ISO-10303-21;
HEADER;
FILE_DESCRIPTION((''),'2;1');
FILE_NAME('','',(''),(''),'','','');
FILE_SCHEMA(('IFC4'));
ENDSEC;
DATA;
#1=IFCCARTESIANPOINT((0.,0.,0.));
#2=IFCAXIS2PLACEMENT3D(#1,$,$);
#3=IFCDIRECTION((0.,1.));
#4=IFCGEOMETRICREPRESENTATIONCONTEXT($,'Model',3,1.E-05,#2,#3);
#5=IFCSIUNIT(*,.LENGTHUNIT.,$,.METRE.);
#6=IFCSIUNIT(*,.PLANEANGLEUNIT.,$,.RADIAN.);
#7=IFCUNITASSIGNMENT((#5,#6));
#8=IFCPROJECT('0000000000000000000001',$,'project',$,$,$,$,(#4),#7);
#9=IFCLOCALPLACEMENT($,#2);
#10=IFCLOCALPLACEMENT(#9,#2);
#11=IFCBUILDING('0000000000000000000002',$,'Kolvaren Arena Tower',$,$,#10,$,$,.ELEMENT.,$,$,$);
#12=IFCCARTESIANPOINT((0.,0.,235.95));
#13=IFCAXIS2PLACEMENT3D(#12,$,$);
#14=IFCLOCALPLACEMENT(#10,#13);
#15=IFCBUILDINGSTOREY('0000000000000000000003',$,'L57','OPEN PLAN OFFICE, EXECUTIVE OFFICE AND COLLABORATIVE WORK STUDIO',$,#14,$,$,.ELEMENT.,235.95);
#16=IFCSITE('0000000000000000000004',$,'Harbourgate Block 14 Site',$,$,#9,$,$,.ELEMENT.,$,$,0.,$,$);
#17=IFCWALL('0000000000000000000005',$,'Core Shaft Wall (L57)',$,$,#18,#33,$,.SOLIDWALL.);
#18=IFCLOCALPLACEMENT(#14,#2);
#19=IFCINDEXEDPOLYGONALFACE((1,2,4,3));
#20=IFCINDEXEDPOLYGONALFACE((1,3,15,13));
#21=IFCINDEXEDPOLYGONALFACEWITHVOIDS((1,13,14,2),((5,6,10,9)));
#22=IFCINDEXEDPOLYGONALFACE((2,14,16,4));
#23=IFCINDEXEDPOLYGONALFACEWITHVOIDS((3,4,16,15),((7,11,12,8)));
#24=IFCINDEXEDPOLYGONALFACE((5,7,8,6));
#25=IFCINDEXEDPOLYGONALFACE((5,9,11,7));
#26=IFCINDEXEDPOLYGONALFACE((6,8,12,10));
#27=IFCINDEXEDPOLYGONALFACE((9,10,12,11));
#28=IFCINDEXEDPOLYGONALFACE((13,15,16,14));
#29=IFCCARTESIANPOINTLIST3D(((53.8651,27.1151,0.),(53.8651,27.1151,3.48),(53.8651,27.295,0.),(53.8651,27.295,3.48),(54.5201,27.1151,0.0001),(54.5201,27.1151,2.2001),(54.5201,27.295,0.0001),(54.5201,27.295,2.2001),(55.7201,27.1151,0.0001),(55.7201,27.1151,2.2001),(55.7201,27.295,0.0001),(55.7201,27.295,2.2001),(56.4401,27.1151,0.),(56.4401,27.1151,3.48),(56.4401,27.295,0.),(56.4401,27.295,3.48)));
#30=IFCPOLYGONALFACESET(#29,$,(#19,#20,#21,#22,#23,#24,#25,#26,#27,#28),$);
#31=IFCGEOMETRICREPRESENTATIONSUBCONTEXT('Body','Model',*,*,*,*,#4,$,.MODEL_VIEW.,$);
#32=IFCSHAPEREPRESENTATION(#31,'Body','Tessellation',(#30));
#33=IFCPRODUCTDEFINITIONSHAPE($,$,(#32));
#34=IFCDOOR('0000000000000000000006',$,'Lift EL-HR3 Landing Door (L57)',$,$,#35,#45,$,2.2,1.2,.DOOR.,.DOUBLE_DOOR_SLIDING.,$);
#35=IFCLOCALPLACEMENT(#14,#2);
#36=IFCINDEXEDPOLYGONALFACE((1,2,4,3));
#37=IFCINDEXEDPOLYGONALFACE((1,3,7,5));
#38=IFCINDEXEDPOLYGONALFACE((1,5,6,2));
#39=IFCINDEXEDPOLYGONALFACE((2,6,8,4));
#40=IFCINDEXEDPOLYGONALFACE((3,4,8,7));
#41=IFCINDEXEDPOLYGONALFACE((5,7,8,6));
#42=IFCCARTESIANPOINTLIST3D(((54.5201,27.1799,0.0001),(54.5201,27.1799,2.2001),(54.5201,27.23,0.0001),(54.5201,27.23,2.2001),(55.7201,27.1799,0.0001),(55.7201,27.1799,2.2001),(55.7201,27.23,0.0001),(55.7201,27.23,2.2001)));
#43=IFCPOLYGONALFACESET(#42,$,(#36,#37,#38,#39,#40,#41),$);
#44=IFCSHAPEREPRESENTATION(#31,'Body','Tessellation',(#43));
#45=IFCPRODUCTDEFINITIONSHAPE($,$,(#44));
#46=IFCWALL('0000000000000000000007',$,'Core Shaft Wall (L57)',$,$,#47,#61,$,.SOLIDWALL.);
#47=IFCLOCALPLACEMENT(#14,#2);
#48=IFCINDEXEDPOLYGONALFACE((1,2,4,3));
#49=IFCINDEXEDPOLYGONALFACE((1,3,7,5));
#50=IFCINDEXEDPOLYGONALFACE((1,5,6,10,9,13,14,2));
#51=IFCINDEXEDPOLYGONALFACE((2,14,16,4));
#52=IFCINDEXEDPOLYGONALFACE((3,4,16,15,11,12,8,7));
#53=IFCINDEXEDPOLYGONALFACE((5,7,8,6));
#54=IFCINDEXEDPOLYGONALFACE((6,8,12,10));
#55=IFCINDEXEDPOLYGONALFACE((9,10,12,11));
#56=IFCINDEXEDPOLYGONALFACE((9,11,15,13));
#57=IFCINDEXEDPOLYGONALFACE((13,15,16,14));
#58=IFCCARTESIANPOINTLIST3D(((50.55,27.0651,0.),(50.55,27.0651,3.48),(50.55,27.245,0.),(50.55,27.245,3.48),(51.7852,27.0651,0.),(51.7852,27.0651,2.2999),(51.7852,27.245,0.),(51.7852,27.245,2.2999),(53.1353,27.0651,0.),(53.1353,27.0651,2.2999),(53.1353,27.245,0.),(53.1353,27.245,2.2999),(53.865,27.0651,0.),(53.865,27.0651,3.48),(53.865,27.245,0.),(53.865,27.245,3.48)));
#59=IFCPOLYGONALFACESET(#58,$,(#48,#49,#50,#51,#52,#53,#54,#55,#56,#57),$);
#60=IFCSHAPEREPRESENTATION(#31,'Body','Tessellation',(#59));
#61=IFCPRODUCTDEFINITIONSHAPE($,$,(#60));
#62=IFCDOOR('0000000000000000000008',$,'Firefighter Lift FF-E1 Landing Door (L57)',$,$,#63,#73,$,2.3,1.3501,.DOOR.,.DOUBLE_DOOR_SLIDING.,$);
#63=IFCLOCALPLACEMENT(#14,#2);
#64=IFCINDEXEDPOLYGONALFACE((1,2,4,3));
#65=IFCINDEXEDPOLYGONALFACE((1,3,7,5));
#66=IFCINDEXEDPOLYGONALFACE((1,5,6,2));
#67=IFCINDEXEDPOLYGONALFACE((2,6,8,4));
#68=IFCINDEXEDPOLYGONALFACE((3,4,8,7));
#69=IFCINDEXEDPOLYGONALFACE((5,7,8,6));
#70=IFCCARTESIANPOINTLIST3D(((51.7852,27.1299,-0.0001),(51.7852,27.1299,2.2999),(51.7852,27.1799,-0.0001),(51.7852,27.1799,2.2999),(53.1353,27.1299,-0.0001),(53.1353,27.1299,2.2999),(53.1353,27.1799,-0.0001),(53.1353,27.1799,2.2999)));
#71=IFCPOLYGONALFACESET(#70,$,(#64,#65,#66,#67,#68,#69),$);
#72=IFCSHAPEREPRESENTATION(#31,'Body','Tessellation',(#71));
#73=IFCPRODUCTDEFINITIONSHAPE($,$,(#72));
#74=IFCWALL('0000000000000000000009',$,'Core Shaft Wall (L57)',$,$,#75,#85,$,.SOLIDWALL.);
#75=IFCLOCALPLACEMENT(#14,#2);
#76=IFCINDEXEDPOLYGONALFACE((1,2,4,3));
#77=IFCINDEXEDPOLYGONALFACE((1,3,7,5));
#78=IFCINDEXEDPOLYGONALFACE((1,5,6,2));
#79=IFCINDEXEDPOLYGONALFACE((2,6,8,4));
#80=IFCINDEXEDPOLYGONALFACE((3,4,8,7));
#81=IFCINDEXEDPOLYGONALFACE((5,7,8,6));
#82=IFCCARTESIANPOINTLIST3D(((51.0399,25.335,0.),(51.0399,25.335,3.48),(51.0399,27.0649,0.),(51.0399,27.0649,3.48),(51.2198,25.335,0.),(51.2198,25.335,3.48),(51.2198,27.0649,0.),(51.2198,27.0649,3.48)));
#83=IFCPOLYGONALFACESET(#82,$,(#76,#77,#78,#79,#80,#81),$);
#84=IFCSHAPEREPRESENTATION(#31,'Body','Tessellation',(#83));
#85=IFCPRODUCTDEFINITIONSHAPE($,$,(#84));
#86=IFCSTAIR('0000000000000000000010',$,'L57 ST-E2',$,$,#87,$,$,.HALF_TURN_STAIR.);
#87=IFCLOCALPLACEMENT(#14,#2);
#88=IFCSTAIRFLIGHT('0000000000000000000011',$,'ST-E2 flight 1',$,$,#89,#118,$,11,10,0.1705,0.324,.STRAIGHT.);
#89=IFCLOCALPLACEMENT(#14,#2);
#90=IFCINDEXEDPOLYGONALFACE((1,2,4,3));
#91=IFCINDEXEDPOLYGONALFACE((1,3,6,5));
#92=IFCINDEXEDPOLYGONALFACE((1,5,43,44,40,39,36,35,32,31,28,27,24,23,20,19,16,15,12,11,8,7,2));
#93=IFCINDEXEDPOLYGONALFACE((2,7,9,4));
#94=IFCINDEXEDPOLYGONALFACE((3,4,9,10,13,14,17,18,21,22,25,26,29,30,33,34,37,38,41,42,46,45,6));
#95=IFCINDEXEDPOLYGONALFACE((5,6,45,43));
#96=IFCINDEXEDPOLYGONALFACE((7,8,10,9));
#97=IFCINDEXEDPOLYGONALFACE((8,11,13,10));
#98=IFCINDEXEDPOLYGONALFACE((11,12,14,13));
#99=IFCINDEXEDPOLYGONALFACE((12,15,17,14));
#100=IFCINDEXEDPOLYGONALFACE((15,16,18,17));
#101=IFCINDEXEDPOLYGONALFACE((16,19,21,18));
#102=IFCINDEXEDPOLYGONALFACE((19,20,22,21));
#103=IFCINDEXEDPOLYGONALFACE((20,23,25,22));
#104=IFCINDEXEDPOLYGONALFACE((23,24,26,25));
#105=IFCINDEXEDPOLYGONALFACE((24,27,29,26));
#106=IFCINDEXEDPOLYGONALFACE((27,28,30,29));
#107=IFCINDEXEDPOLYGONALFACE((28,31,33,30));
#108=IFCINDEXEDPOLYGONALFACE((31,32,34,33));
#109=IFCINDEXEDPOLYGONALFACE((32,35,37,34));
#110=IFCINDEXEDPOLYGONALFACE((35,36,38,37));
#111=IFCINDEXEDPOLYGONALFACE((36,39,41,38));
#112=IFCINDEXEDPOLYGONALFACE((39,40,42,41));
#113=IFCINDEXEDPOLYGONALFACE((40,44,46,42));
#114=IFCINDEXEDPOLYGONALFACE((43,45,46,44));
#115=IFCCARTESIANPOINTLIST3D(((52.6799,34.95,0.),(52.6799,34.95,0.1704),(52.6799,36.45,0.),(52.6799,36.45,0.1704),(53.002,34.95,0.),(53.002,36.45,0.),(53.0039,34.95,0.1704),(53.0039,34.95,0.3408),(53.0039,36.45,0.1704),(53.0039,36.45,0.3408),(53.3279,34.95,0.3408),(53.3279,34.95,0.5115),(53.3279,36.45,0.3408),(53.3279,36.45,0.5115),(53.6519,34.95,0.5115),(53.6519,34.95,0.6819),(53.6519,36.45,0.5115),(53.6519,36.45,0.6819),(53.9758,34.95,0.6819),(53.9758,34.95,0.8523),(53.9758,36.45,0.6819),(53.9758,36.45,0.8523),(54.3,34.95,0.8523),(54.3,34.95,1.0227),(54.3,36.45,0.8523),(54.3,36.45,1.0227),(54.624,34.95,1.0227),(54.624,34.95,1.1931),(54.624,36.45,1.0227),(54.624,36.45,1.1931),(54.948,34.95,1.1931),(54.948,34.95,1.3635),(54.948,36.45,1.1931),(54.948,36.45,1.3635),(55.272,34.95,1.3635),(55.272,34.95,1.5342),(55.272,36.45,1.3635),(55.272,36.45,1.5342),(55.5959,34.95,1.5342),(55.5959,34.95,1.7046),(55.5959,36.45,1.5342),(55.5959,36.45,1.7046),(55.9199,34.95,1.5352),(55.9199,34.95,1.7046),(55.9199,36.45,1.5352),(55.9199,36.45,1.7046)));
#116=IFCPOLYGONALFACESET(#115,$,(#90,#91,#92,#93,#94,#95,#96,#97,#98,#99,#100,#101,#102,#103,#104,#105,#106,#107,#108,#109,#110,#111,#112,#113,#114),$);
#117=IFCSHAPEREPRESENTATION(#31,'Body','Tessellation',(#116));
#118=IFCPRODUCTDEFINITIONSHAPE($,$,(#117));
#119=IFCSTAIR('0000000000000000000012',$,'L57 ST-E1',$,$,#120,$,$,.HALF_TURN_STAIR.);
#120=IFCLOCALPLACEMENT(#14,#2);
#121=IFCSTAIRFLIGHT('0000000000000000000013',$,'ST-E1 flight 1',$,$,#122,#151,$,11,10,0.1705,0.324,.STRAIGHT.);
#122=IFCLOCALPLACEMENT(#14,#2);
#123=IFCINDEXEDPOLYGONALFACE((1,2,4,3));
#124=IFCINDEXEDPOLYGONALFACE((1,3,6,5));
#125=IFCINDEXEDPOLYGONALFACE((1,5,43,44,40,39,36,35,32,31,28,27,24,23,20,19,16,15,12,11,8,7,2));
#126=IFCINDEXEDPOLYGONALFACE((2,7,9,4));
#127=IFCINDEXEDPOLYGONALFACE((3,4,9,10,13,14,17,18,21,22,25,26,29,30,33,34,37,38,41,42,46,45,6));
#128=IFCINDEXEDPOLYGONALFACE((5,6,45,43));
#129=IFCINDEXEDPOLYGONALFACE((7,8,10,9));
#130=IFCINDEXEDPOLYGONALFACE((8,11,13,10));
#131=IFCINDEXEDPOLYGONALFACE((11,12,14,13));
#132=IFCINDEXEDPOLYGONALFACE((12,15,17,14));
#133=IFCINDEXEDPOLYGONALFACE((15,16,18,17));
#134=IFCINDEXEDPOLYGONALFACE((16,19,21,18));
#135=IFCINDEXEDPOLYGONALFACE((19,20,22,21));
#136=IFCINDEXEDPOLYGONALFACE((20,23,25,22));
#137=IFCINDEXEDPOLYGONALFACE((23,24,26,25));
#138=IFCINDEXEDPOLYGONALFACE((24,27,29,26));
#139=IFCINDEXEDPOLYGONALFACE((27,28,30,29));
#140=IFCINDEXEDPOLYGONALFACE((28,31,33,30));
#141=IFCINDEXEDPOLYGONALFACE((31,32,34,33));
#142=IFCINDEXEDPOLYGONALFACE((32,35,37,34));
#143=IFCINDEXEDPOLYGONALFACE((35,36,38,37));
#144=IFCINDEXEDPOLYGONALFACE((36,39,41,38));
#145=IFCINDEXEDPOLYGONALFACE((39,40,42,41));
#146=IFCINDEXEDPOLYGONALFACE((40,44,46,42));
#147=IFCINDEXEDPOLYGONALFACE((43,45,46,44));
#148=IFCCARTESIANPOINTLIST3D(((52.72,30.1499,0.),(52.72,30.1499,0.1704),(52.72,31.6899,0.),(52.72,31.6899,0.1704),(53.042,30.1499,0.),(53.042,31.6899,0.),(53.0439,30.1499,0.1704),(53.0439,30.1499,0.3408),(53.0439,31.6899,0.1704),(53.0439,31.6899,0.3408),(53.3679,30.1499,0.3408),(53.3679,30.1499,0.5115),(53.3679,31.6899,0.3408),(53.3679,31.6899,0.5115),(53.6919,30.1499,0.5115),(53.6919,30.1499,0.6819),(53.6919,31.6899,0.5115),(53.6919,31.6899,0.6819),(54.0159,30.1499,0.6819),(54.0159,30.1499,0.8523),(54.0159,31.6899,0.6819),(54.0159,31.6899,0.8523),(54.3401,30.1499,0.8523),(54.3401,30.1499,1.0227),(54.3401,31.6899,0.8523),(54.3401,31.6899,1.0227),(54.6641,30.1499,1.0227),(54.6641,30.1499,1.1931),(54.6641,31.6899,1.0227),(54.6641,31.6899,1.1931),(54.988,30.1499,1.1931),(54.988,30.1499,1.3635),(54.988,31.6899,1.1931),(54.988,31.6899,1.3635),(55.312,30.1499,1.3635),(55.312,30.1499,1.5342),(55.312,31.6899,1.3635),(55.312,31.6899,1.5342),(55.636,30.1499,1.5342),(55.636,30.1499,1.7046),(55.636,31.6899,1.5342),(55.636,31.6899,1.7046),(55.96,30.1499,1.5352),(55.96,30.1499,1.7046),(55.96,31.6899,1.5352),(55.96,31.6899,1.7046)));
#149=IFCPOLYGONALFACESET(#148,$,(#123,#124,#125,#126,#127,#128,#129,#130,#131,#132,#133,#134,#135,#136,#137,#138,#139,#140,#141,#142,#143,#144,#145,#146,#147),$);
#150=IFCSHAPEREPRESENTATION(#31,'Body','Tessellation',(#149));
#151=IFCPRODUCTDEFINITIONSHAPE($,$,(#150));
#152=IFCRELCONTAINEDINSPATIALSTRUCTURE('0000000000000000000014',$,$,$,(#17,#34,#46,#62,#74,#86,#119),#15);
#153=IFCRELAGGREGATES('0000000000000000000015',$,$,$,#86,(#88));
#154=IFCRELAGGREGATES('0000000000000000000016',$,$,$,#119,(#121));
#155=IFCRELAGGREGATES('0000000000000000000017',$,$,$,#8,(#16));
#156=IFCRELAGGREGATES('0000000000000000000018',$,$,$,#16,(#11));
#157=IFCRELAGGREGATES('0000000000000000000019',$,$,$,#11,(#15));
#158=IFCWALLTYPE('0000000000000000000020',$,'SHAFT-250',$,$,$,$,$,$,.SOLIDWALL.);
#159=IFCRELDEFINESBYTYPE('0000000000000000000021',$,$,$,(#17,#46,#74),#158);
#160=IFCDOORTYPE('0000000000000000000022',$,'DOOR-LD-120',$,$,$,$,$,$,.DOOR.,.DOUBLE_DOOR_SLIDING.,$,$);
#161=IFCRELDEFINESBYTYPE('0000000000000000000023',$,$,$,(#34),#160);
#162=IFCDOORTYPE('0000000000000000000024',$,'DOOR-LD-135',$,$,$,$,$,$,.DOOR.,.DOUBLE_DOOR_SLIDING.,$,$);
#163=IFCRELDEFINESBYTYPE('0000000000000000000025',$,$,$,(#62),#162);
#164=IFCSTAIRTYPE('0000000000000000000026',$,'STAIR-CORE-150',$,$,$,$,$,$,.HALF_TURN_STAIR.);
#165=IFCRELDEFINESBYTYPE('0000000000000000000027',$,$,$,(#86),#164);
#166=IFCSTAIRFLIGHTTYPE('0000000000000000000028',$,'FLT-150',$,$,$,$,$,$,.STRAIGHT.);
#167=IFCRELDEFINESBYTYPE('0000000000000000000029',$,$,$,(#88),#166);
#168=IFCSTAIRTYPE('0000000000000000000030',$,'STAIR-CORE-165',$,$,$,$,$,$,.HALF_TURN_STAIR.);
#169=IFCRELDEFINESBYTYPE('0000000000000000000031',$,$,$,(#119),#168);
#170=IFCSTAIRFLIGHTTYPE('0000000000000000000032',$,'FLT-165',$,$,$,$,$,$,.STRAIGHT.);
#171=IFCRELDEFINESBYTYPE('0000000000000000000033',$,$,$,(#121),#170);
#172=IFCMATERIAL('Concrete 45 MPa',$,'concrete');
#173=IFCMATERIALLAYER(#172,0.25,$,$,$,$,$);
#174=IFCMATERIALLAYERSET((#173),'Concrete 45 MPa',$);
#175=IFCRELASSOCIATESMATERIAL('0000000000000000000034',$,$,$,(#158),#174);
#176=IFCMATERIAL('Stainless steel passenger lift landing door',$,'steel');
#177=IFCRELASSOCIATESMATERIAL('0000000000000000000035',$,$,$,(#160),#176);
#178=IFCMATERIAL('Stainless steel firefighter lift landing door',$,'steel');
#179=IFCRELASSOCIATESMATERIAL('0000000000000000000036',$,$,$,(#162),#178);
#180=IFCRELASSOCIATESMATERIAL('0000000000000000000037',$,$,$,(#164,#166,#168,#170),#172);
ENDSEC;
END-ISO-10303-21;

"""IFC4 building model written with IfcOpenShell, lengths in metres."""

from ifc_helpers import new_model, si_unit, direction, frame, frame_2d, origin, place, context, subcontext, project, spatial, polyline, rectangle, outline, extrude, material, layer, layer_set, type_object, element, fill, aggregate, save


model = new_model("IFC4")

# Units and contexts
model_context = context("Model", 3, precision=1e-05, world=origin(), true_north=direction((0.0, 1.0)))
body_context = subcontext(model_context, "Body", "Model", "MODEL_VIEW")
ifc_project = project(units=[si_unit("LENGTHUNIT", "METRE"), si_unit("PLANEANGLEUNIT", "RADIAN")], contexts=[model_context])

# Site, building, storey
site_placement = place(None, origin())
site = spatial("IfcSite", under=ifc_project, at=site_placement, Name="Harbourgate Block 14 Site", CompositionType="ELEMENT", RefElevation=0.0)
building_placement = place(site_placement, origin())
building = spatial("IfcBuilding", under=site, at=building_placement, Name="Kolvaren Arena Tower", CompositionType="ELEMENT")
storey_placement = place(building_placement, frame((0.0, 0.0, 235.95)))
storey = spatial("IfcBuildingStorey", under=building, at=storey_placement, Name="L57", Description="OPEN PLAN OFFICE, EXECUTIVE OFFICE AND COLLABORATIVE WORK STUDIO", CompositionType="ELEMENT", Elevation=235.95)

# Shared definitions
ifc_material_1 = material(Name="Concrete 45 MPa", Category="concrete")
ifc_layer = layer(ifc_material_1, 0.25)
ifc_layer_set = layer_set([ifc_layer], Name="Concrete 45 MPa")
wall_type = type_object("IfcWallType", Name="SHAFT-250", PredefinedType="SOLIDWALL", material=ifc_layer_set)

# Walls, openings, doors
wall_1_placement = place(storey_placement, frame((53.865, 27.2051, 0.0), z_axis=(0.0, 0.0, 1.0), x_axis=(1.0, 0.0, 0.0)))
wall_1 = element("IfcWall", 1, at=wall_1_placement, inside=storey, type_object=wall_type, Name="Core Shaft Wall (L57)", PredefinedType="SOLIDWALL", context=body_context, shape_type="SweptSolid", body=[
    extrude(rectangle(XDim=2.575, YDim=0.1799, at=frame_2d((1.2876, 0.0))), origin(), (0.0, 0.0, 1.0), 3.48),
])
opening_1_placement = place(wall_1_placement, frame((0.655, 0.0, 0.0)))
opening_1 = element("IfcOpeningElement", 2, at=opening_1_placement, cuts=wall_1, PredefinedType="OPENING", context=body_context, shape_type="SweptSolid", body=[
    extrude(rectangle(XDim=1.2, YDim=2.2, at=frame_2d((0.6001, 1.1001))), frame((0.0, 0.0999, 0.0), z_axis=(0.0, -1.0, 0.0), x_axis=(1.0, 0.0, 0.0)), (0.0, 0.0, 1.0), 0.2),
])
ifc_material_2 = material(Name="Stainless steel passenger lift landing door", Category="steel")
door_type_1 = type_object("IfcDoorType", Name="DOOR-LD-120", OperationType="DOUBLE_DOOR_SLIDING", PredefinedType="DOOR", material=ifc_material_2)
door_1_placement = place(opening_1_placement, origin())
door_1 = element("IfcDoor", 3, at=door_1_placement, inside=storey, type_object=door_type_1, Name="Lift EL-HR3 Landing Door (L57)", OperationType="DOUBLE_DOOR_SLIDING", OverallHeight=2.2, OverallWidth=1.2, PredefinedType="DOOR", context=body_context, shape_type="SweptSolid", body=[
    extrude(rectangle(XDim=1.2, YDim=2.2, at=frame_2d((0.6001, 1.1001))), frame((0.0, 0.0249, 0.0), z_axis=(0.0, -1.0, 0.0), x_axis=(1.0, 0.0, 0.0)), (0.0, 0.0, 1.0), 0.05),
])
fill(opening_1, door_1)
wall_2_placement = place(storey_placement, frame((50.55, 27.155, 0.0), z_axis=(0.0, 0.0, 1.0), x_axis=(1.0, 0.0, 0.0)))
wall_2 = element("IfcWall", 4, at=wall_2_placement, inside=storey, type_object=wall_type, Name="Core Shaft Wall (L57)", PredefinedType="SOLIDWALL", context=body_context, shape_type="SweptSolid", body=[
    extrude(rectangle(XDim=3.3149, YDim=0.1799, at=frame_2d((1.6575, 0.0))), origin(), (0.0, 0.0, 1.0), 3.48),
])
opening_2_placement = place(wall_2_placement, frame((1.2351, 0.0, 0.0)))
opening_2 = element("IfcOpeningElement", 5, at=opening_2_placement, cuts=wall_2, PredefinedType="OPENING", context=body_context, shape_type="SweptSolid", body=[
    extrude(rectangle(XDim=1.3501, YDim=2.3, at=frame_2d((0.675, 1.1499))), frame((0.0, 0.0999, 0.0), z_axis=(0.0, -1.0, 0.0), x_axis=(1.0, 0.0, 0.0)), (0.0, 0.0, 1.0), 0.2),
])
ifc_material_3 = material(Name="Stainless steel firefighter lift landing door", Category="steel")
door_type_2 = type_object("IfcDoorType", Name="DOOR-LD-135", OperationType="DOUBLE_DOOR_SLIDING", PredefinedType="DOOR", material=ifc_material_3)
door_2_placement = place(opening_2_placement, origin())
door_2 = element("IfcDoor", 6, at=door_2_placement, inside=storey, type_object=door_type_2, Name="Firefighter Lift FF-E1 Landing Door (L57)", OperationType="DOUBLE_DOOR_SLIDING", OverallHeight=2.3, OverallWidth=1.3501, PredefinedType="DOOR", context=body_context, shape_type="SweptSolid", body=[
    extrude(rectangle(XDim=1.3501, YDim=2.3, at=frame_2d((0.675, 1.1499))), frame((0.0, 0.0249, 0.0), z_axis=(0.0, -1.0, 0.0), x_axis=(1.0, 0.0, 0.0)), (0.0, 0.0, 1.0), 0.05),
])
fill(opening_2, door_2)

# Wall
wall_3_placement = place(storey_placement, frame((51.1299, 25.335, 0.0), z_axis=(0.0, 0.0, 1.0), x_axis=(0.0, 1.0, 0.0)))
element("IfcWall", 7, at=wall_3_placement, inside=storey, type_object=wall_type, Name="Core Shaft Wall (L57)", PredefinedType="SOLIDWALL", context=body_context, shape_type="SweptSolid", body=[
    extrude(rectangle(XDim=1.73, YDim=0.1799, at=frame_2d((0.865, 0.0))), origin(), (0.0, 0.0, 1.0), 3.48),
])

# Stairs, stair flights
stair_type_1 = type_object("IfcStairType", Name="STAIR-CORE-150", PredefinedType="HALF_TURN_STAIR", material=ifc_material_1)
stair_1_placement = place(storey_placement, origin())
stair_1 = element("IfcStair", 8, at=stair_1_placement, inside=storey, type_object=stair_type_1, Name="L57 ST-E2", PredefinedType="HALF_TURN_STAIR")
stair_flight_type_1 = type_object("IfcStairFlightType", Name="FLT-150", PredefinedType="STRAIGHT", material=ifc_material_1)
stair_flight_1_placement = place(storey_placement, frame((52.6799, 35.7, 0.0), z_axis=(0.0, 0.0, 1.0), x_axis=(1.0, 0.0, 0.0)))
stair_flight_1 = element("IfcStairFlight", 9, at=stair_flight_1_placement, type_object=stair_flight_type_1, Name="ST-E2 flight 1", NumberOfRisers=11, NumberOfTreads=10, PredefinedType="STRAIGHT", RiserHeight=0.1705, TreadLength=0.324, context=body_context, shape_type="SweptSolid", body=[
    extrude(outline(polyline([(0.0, 0.0), (0.0, 0.1704), (0.324, 0.1704), (0.324, 0.3408), (0.6479, 0.3408), (0.6479, 0.5115), (0.9719, 0.5115), (0.9719, 0.6819), (1.2959, 0.6819), (1.2959, 0.8523), (1.6201, 0.8523), (1.6201, 1.0227), (1.9441, 1.0227), (1.9441, 1.1931), (2.2681, 1.1931), (2.2681, 1.3635), (2.592, 1.3635), (2.592, 1.5342), (2.916, 1.5342), (2.916, 1.7046), (3.24, 1.7046), (3.24, 1.875), (3.24, 1.5352), (0.322, 0.0), (0.0, 0.0)])), frame((0.0, 0.75, 0.0), z_axis=(0.0, -1.0, 0.0), x_axis=(1.0, 0.0, 0.0)), (0.0, 0.0, 1.0), 1.5),
])
aggregate(stair_1, [stair_flight_1])
stair_type_2 = type_object("IfcStairType", Name="STAIR-CORE-165", PredefinedType="HALF_TURN_STAIR", material=ifc_material_1)
stair_2_placement = place(storey_placement, origin())
stair_2 = element("IfcStair", 10, at=stair_2_placement, inside=storey, type_object=stair_type_2, Name="L57 ST-E1", PredefinedType="HALF_TURN_STAIR")
stair_flight_type_2 = type_object("IfcStairFlightType", Name="FLT-165", PredefinedType="STRAIGHT", material=ifc_material_1)
stair_flight_2_placement = place(storey_placement, frame((52.72, 30.9199, 0.0), z_axis=(0.0, 0.0, 1.0), x_axis=(1.0, 0.0, 0.0)))
stair_flight_2 = element("IfcStairFlight", 11, at=stair_flight_2_placement, type_object=stair_flight_type_2, Name="ST-E1 flight 1", NumberOfRisers=11, NumberOfTreads=10, PredefinedType="STRAIGHT", RiserHeight=0.1705, TreadLength=0.324, context=body_context, shape_type="SweptSolid", body=[
    extrude(outline(polyline([(0.0, 0.0), (0.0, 0.1704), (0.324, 0.1704), (0.324, 0.3408), (0.6479, 0.3408), (0.6479, 0.5115), (0.9719, 0.5115), (0.9719, 0.6819), (1.2959, 0.6819), (1.2959, 0.8523), (1.6201, 0.8523), (1.6201, 1.0227), (1.9441, 1.0227), (1.9441, 1.1931), (2.2681, 1.1931), (2.2681, 1.3635), (2.592, 1.3635), (2.592, 1.5342), (2.916, 1.5342), (2.916, 1.7046), (3.24, 1.7046), (3.24, 1.875), (3.24, 1.5352), (0.322, 0.0), (0.0, 0.0)])), frame((0.0, 0.77, 0.0), z_axis=(0.0, -1.0, 0.0), x_axis=(1.0, 0.0, 0.0)), (0.0, 0.0, 1.0), 1.54),
])
aggregate(stair_2, [stair_flight_2])

save(model, "model.ifc")
